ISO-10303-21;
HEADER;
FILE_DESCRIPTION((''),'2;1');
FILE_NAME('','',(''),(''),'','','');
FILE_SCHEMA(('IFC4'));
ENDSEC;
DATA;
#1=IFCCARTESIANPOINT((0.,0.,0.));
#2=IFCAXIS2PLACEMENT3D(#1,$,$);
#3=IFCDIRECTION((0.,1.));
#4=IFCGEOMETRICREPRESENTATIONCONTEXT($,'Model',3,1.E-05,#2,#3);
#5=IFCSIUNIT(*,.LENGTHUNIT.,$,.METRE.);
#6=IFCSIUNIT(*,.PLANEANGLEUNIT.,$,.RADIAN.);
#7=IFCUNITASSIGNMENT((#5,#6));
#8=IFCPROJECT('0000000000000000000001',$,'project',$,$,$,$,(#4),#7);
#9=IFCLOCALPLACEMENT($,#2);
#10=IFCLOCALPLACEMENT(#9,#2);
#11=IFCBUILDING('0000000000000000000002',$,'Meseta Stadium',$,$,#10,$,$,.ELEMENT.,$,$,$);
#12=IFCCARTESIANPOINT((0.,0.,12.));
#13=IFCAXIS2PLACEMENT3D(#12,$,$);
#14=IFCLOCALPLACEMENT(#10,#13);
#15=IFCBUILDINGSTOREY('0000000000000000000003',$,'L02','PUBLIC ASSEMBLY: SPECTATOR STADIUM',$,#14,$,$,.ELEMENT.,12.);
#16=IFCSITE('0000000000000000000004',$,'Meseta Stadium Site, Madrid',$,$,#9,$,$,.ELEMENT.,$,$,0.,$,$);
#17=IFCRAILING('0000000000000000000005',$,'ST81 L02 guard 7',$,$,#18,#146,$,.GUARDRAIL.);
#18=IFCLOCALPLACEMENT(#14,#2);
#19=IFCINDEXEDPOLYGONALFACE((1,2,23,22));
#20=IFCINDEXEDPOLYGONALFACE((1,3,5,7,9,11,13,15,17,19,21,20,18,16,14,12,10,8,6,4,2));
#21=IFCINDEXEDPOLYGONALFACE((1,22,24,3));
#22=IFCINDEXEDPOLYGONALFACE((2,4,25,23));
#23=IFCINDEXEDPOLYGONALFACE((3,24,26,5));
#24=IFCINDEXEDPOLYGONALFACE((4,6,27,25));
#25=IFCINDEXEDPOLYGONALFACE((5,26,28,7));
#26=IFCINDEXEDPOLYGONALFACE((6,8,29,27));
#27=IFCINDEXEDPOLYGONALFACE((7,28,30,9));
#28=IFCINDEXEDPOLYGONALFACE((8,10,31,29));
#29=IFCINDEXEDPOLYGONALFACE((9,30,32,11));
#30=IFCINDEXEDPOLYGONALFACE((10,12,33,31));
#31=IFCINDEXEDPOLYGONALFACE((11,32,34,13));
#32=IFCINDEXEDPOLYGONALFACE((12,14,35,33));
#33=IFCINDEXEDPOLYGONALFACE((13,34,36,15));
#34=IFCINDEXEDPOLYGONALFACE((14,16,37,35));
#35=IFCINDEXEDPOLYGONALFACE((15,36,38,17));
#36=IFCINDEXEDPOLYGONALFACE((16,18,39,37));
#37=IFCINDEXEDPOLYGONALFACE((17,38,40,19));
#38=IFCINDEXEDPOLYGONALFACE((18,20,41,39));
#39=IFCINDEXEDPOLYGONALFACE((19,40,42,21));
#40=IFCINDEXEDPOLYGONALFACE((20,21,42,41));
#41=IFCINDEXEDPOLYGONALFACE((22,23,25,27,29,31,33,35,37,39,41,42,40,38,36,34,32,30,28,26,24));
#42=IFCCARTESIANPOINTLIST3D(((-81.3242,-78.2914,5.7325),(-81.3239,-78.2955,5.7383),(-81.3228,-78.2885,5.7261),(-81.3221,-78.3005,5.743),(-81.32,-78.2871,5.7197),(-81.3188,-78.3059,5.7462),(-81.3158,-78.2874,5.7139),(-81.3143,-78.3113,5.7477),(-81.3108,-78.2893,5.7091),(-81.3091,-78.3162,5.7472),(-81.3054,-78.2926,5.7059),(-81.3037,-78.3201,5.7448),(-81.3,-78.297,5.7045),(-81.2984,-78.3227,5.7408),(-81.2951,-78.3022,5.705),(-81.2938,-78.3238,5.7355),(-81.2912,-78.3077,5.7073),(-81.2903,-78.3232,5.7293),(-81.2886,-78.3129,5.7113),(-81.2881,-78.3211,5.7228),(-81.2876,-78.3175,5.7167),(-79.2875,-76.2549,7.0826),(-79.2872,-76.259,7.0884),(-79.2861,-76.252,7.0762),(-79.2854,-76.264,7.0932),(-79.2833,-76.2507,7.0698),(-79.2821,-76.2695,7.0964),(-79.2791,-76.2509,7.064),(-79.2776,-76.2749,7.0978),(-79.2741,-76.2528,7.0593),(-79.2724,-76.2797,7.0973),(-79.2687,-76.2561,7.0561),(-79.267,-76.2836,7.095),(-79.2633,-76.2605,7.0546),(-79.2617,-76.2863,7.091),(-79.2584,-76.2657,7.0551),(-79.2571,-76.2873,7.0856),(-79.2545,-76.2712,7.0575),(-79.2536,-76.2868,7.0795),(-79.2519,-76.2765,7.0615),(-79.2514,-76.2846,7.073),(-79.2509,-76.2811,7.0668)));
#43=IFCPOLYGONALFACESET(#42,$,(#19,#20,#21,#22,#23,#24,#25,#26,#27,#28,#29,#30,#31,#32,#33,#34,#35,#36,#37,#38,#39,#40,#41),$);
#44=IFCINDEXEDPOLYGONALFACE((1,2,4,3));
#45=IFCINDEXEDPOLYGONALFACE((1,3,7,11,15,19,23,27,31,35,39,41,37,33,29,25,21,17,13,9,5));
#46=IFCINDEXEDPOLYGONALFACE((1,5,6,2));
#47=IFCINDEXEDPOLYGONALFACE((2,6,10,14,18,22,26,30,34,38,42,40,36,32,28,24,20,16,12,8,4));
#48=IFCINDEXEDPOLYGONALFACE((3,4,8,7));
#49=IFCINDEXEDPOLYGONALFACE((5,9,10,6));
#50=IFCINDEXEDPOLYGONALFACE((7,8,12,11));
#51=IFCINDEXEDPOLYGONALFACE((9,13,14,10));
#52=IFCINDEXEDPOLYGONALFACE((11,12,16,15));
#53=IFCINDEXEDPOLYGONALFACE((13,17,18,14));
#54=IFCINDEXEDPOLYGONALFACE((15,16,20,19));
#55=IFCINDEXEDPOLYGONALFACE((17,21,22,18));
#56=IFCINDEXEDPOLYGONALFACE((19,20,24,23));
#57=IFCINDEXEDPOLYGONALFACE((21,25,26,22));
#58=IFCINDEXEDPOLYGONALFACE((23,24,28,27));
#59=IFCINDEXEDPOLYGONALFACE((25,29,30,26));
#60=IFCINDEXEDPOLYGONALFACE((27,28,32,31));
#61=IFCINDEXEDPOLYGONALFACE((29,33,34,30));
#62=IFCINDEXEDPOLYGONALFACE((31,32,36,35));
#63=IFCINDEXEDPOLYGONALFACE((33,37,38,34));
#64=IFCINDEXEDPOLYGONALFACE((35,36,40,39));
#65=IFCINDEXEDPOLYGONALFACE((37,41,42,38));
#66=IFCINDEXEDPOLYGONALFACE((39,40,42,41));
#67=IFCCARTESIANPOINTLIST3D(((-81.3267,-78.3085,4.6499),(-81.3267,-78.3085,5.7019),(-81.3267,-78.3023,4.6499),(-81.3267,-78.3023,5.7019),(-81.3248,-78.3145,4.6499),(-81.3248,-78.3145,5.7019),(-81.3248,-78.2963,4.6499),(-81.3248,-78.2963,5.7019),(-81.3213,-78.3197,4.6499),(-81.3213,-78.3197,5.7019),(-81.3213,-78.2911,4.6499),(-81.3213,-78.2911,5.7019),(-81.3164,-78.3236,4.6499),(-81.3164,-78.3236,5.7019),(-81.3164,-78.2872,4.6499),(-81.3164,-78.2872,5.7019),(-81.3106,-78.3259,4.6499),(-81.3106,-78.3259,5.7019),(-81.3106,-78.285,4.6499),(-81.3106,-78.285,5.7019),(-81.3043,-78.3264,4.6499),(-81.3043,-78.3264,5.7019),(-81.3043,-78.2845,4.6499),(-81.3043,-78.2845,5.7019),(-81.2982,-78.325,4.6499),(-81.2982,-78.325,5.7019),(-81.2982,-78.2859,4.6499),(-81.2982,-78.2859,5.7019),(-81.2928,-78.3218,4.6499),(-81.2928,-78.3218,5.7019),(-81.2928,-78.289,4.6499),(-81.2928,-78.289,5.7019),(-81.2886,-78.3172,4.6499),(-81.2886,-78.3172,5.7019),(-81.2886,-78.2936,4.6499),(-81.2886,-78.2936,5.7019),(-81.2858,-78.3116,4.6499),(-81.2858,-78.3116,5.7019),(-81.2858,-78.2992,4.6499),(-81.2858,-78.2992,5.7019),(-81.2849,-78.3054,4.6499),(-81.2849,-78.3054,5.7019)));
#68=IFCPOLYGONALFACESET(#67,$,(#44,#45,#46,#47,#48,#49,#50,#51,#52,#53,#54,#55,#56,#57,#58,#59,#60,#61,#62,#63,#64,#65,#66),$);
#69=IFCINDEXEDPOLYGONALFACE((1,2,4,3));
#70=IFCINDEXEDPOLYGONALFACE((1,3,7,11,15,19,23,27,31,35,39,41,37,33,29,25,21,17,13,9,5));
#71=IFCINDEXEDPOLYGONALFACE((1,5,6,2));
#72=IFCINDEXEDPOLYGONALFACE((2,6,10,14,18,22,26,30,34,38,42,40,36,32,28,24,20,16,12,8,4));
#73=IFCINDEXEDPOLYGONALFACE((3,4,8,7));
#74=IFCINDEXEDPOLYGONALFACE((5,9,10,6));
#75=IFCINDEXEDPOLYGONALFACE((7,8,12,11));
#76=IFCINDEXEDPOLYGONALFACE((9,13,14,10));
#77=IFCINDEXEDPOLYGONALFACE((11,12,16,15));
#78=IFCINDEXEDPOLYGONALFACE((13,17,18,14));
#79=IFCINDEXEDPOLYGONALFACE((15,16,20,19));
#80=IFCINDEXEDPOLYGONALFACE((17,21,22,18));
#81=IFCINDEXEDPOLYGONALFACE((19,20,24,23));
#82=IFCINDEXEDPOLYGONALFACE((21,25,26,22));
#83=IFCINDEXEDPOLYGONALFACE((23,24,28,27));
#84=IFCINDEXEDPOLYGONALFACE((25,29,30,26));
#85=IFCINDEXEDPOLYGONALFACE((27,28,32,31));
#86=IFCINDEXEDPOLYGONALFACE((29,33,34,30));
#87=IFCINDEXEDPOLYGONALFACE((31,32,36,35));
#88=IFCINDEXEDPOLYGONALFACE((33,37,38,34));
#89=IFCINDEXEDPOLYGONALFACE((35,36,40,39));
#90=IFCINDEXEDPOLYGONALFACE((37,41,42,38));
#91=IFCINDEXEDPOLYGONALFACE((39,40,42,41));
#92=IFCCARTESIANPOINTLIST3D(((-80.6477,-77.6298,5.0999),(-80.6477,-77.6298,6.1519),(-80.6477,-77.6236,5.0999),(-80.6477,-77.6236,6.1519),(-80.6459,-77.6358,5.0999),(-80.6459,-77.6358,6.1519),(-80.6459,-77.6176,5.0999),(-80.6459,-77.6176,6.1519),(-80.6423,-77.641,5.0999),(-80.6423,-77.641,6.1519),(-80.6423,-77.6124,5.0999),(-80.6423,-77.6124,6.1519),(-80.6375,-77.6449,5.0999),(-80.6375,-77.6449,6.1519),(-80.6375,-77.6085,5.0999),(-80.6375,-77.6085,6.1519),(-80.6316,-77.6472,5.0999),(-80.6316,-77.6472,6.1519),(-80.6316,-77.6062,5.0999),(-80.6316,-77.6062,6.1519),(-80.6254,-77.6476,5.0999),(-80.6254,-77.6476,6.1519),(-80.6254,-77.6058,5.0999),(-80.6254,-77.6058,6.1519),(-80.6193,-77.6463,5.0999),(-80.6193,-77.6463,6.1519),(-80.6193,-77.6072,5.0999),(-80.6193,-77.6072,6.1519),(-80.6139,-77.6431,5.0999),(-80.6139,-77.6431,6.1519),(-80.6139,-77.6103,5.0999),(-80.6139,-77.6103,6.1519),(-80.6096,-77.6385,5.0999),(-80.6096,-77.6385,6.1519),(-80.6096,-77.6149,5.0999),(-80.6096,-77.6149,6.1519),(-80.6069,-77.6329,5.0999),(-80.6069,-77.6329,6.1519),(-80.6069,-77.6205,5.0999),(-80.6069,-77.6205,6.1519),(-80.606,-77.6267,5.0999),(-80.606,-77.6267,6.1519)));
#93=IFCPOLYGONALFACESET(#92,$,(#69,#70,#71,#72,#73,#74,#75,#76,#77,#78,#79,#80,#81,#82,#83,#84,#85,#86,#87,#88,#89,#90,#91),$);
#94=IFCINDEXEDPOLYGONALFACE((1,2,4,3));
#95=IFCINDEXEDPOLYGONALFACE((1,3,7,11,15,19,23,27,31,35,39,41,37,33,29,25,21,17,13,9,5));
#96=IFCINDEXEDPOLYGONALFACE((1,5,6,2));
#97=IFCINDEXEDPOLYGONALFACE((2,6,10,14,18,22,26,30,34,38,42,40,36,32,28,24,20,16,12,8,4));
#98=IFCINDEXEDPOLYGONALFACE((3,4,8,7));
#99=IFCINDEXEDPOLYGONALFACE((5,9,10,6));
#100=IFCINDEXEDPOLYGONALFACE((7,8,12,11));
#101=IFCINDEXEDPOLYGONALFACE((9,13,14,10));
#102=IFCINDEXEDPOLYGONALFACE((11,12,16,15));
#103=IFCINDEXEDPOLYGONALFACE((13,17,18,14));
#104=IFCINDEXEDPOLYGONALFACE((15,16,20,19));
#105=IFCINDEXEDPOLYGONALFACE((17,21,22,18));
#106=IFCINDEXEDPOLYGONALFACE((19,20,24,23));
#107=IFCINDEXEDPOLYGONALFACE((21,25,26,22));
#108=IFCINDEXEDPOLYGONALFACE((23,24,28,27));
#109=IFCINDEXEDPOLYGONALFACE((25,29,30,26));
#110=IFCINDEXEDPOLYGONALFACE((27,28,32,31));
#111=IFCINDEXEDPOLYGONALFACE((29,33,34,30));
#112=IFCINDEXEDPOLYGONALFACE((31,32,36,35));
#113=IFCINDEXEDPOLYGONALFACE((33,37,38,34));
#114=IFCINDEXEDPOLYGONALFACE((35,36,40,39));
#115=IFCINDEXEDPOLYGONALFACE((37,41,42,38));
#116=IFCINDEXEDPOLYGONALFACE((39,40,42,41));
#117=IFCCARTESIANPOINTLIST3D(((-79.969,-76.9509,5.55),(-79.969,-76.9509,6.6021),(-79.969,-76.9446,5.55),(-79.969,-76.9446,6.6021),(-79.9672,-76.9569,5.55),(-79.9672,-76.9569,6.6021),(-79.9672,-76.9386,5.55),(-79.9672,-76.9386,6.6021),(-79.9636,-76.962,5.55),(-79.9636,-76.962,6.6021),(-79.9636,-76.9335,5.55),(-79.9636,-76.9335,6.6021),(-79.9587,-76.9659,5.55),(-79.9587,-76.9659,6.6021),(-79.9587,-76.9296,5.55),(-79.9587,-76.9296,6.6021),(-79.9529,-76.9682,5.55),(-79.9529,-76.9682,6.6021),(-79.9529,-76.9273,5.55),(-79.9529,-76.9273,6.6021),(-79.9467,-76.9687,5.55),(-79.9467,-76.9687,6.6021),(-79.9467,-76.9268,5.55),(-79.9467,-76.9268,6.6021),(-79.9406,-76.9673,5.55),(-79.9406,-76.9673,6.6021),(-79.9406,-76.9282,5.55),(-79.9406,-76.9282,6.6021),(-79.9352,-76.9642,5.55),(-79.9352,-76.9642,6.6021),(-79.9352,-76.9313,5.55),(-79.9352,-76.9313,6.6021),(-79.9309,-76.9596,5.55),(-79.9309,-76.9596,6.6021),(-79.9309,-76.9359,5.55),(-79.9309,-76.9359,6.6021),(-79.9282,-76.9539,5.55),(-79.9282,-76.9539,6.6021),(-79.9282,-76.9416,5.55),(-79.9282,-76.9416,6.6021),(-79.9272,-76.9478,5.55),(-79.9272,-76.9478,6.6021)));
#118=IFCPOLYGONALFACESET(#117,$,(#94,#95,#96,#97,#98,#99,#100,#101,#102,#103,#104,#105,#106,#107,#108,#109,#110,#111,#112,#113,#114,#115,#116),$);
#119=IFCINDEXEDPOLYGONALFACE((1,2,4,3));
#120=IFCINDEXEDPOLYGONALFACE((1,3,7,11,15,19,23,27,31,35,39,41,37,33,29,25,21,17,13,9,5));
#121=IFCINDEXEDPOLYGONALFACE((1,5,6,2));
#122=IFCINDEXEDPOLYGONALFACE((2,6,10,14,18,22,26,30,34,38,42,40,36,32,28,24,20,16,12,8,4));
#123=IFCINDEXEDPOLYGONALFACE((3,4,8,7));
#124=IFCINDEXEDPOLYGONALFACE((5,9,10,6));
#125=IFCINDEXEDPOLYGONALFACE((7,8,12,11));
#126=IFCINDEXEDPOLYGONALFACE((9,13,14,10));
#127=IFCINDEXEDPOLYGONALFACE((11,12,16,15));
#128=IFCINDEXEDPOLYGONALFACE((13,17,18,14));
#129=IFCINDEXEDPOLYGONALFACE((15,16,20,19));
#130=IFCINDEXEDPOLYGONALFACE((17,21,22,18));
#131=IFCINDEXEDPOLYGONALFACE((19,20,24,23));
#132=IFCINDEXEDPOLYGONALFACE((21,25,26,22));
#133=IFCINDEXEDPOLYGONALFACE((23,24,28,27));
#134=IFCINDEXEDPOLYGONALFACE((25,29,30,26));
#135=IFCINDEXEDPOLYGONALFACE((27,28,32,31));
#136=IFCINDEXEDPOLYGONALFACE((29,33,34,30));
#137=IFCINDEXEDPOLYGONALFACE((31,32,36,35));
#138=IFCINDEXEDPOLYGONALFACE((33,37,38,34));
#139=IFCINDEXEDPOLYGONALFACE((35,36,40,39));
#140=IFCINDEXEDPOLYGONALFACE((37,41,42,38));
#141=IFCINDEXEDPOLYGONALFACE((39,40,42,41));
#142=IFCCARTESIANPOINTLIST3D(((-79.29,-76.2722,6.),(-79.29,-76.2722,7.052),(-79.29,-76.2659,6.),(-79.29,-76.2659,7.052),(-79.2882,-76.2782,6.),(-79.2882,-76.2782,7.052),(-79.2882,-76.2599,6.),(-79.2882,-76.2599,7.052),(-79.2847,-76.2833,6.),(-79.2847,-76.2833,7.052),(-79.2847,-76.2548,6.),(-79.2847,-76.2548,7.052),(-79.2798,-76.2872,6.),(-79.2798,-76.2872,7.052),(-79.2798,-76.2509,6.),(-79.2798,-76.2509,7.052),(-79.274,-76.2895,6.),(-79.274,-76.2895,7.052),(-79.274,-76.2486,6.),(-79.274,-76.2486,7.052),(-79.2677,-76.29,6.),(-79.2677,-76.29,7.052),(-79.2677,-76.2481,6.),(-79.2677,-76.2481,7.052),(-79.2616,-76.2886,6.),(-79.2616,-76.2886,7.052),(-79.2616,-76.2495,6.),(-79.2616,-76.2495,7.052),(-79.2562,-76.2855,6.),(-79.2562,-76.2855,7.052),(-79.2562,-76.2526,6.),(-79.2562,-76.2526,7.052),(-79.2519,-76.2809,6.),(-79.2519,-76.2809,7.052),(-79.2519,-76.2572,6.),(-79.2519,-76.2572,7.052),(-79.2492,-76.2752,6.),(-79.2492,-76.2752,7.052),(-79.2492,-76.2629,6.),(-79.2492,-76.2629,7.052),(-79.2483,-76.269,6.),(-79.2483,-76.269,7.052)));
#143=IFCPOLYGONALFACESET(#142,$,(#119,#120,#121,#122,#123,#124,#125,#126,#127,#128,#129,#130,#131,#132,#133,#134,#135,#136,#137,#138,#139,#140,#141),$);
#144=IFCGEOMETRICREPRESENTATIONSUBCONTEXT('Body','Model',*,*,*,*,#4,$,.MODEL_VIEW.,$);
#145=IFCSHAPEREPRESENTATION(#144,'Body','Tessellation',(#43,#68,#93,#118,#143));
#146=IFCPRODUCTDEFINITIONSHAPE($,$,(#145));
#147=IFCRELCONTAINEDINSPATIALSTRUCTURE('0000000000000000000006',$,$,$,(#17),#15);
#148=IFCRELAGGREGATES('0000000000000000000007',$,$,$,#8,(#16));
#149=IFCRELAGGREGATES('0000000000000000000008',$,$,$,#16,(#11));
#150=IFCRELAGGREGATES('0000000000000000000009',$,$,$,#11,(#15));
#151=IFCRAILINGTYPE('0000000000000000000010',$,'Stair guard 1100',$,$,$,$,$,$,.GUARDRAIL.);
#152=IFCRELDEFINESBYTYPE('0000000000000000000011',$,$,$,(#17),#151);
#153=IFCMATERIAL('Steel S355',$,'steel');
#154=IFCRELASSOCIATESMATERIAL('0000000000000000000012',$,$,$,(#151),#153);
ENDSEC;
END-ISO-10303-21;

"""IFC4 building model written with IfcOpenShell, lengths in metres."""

from ifc_helpers import new_model, si_unit, direction, frame, origin, origin_2d, place, context, subcontext, project, spatial, circle, extrude, material, type_object, element, save


model = new_model("IFC4")

# Units and contexts
model_context = context("Model", 3, precision=1e-05, world=origin(), true_north=direction((0.0, 1.0)))
body_context = subcontext(model_context, "Body", "Model", "MODEL_VIEW")
ifc_project = project(units=[si_unit("LENGTHUNIT", "METRE"), si_unit("PLANEANGLEUNIT", "RADIAN")], contexts=[model_context])

# Site, building, storey
site_placement = place(None, origin())
site = spatial("IfcSite", under=ifc_project, at=site_placement, Name="Meseta Stadium Site, Madrid", CompositionType="ELEMENT", RefElevation=0.0)
building_placement = place(site_placement, origin())
building = spatial("IfcBuilding", under=site, at=building_placement, Name="Meseta Stadium", CompositionType="ELEMENT")
storey_placement = place(building_placement, frame((0.0, 0.0, 12.0)))
storey = spatial("IfcBuildingStorey", under=building, at=storey_placement, Name="L02", Description="PUBLIC ASSEMBLY: SPECTATOR STADIUM", CompositionType="ELEMENT", Elevation=12.0)

# Railing
ifc_material_1 = material(Name="Steel S355", Category="steel")
railing_type_1 = type_object("IfcRailingType", Name="Stair guard 1100", PredefinedType="GUARDRAIL", material=ifc_material_1)
railing_1_placement = place(storey_placement, frame((-81.3059, -78.3054, 4.6499)))
element("IfcRailing", 1, at=railing_1_placement, inside=storey, type_object=railing_type_1, Name="ST81 L02 guard 7", PredefinedType="GUARDRAIL", context=body_context, shape_type="SweptSolid", body=[
    extrude(circle(Radius=0.0239, at=origin_2d()), frame((0.0, 0.0, 1.0762), z_axis=(0.640288, 0.640211, 0.424454), x_axis=(-0.707064, 0.707149, 0.0)), (0.0, 0.0, 1.0), 3.1809),
    extrude(circle(Radius=0.021, at=origin_2d()), origin(), (0.0, 0.0, 1.0), 1.052),
    extrude(circle(Radius=0.021, at=origin_2d()), frame((0.679, 0.6787, 0.45)), (0.0, 0.0, 1.0), 1.052),
    extrude(circle(Radius=0.021, at=origin_2d()), frame((1.3577, 1.3577, 0.9001)), (0.0, 0.0, 1.0), 1.052),
    extrude(circle(Radius=0.021, at=origin_2d()), frame((2.0366, 2.0364, 1.3501)), (0.0, 0.0, 1.0), 1.052),
])

save(model, "model.ifc")
